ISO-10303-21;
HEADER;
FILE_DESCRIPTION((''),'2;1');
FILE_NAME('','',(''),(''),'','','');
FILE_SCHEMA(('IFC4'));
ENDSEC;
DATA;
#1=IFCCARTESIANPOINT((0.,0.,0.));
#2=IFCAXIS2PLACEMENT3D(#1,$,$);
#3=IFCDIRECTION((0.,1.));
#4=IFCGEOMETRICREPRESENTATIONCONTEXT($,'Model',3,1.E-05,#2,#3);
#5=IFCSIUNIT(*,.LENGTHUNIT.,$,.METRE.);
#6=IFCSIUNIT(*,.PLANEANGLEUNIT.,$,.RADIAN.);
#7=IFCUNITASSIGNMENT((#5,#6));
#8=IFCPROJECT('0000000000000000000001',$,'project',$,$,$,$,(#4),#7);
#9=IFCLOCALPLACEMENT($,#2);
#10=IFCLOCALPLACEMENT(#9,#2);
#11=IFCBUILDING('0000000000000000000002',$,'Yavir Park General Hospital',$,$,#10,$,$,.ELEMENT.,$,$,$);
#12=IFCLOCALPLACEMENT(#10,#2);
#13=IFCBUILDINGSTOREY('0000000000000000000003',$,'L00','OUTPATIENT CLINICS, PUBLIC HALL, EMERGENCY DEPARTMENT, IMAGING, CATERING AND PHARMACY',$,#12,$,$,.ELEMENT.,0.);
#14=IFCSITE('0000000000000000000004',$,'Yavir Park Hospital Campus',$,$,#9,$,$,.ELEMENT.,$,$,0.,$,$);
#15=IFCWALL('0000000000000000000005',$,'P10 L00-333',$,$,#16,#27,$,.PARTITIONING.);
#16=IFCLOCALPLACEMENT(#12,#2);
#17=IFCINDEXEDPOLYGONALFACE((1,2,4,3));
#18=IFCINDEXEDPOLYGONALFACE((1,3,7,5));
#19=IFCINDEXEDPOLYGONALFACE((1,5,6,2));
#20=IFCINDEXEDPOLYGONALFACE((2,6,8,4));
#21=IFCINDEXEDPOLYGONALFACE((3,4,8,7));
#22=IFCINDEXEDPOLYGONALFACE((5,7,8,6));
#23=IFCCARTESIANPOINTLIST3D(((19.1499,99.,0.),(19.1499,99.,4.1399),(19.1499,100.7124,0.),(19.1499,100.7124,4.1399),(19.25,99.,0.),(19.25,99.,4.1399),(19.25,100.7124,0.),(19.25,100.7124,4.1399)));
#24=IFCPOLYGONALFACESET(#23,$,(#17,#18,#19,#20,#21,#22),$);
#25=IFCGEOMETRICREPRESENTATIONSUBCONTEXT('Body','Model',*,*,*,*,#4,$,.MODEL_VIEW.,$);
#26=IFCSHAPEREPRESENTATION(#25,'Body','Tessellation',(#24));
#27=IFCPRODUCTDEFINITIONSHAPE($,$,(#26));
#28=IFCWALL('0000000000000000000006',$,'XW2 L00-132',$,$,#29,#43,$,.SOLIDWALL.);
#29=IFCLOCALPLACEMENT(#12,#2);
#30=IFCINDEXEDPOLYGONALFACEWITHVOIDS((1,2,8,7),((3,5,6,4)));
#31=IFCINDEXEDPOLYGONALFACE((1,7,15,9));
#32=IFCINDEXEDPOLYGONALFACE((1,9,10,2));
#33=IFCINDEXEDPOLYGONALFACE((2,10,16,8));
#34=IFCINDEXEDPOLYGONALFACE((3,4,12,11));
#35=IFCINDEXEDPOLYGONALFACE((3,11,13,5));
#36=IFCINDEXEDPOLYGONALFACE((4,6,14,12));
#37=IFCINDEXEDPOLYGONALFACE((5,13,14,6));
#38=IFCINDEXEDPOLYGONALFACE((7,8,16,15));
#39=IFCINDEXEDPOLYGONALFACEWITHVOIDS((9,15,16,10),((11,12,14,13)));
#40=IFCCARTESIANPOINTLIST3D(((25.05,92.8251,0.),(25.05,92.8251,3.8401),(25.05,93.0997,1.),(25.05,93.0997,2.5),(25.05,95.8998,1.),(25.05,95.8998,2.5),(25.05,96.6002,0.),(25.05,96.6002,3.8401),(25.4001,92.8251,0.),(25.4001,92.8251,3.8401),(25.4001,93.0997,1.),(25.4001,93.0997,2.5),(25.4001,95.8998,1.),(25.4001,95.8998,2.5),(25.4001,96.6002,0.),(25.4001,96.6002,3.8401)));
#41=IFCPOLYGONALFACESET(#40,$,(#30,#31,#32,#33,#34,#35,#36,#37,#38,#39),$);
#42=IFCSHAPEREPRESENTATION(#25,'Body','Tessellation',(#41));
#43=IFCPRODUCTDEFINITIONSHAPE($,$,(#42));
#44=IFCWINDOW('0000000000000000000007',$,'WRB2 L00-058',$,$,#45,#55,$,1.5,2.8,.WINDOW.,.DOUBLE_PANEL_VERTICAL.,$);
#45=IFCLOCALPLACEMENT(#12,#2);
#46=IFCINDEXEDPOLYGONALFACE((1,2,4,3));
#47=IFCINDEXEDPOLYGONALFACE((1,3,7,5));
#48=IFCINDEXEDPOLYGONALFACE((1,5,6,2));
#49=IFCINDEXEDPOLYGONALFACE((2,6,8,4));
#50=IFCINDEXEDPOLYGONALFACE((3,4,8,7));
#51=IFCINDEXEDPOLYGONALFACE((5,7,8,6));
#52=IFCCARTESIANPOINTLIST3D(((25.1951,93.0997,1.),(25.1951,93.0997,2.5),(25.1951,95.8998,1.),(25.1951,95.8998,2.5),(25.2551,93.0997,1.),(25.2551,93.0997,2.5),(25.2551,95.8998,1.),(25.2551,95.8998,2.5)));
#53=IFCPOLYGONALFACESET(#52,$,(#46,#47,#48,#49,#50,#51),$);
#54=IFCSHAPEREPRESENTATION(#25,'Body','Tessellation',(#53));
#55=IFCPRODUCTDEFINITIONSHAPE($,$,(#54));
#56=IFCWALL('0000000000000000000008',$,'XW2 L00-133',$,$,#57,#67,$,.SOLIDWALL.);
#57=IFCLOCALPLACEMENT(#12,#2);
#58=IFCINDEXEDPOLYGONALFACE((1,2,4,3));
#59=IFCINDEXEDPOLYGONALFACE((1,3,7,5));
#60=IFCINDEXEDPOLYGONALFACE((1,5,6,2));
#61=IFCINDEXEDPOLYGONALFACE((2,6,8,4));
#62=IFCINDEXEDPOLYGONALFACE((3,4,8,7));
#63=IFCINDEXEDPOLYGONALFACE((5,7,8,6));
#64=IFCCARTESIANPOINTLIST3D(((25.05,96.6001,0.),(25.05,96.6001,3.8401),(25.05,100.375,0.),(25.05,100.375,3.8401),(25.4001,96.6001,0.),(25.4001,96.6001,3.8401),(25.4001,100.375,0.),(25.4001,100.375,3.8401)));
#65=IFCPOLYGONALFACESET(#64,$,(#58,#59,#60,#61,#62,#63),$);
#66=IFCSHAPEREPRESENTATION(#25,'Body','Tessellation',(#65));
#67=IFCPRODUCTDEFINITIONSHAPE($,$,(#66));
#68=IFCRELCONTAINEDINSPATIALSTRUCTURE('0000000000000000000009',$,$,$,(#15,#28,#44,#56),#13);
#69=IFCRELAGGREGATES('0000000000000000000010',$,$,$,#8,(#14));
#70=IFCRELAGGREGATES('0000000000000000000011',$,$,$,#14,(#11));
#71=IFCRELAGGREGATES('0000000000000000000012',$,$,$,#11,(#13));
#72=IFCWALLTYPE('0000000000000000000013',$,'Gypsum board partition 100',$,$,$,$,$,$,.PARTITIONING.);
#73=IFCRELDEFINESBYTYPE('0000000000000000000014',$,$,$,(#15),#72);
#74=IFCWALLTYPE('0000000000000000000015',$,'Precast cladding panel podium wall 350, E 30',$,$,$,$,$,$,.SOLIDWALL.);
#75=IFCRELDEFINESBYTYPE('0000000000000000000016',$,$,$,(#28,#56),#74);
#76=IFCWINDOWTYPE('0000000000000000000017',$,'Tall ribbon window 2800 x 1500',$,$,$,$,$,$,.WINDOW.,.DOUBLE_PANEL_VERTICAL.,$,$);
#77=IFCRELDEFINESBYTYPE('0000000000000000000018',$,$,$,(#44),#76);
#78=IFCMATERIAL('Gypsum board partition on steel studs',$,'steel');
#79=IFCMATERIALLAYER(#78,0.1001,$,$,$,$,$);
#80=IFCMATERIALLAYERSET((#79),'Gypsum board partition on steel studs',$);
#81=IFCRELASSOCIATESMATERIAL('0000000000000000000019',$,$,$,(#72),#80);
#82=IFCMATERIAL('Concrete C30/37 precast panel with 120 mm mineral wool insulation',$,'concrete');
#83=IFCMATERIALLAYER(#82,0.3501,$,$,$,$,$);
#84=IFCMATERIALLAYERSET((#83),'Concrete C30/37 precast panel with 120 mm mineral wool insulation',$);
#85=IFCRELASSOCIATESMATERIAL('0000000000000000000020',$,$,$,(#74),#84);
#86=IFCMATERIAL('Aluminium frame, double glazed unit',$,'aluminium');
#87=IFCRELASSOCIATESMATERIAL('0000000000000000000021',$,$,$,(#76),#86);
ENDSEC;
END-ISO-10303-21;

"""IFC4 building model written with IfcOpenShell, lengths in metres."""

from ifc_helpers import new_model, si_unit, direction, frame, frame_2d, origin, place, context, subcontext, project, spatial, rectangle, extrude, material, layer, layer_set, type_object, element, fill, save


model = new_model("IFC4")

# Units and contexts
model_context = context("Model", 3, precision=1e-05, world=origin(), true_north=direction((0.0, 1.0)))
body_context = subcontext(model_context, "Body", "Model", "MODEL_VIEW")
ifc_project = project(units=[si_unit("LENGTHUNIT", "METRE"), si_unit("PLANEANGLEUNIT", "RADIAN")], contexts=[model_context])

# Site, building, storey
site_placement = place(None, origin())
site = spatial("IfcSite", under=ifc_project, at=site_placement, Name="Yavir Park Hospital Campus", CompositionType="ELEMENT", RefElevation=0.0)
building_placement = place(site_placement, origin())
building = spatial("IfcBuilding", under=site, at=building_placement, Name="Yavir Park General Hospital", CompositionType="ELEMENT")
storey_placement = place(building_placement, origin())
storey = spatial("IfcBuildingStorey", under=building, at=storey_placement, Name="L00", Description="OUTPATIENT CLINICS, PUBLIC HALL, EMERGENCY DEPARTMENT, IMAGING, CATERING AND PHARMACY", CompositionType="ELEMENT", Elevation=0.0)

# Wall
ifc_material_1 = material(Name="Gypsum board partition on steel studs", Category="steel")
ifc_layer_1 = layer(ifc_material_1, 0.1001)
ifc_layer_set_1 = layer_set([ifc_layer_1], Name="Gypsum board partition on steel studs")
wall_type_1 = type_object("IfcWallType", Name="Gypsum board partition 100", PredefinedType="PARTITIONING", material=ifc_layer_set_1)
for number, where, z_axis, x_axis, name in (
    (1, (19.2, 99.0, 0.0), (0.0, 0.0, 1.0), (0.0, 1.0, 0.0), "P10 L00-333"),
):
    element("IfcWall", number, at=place(storey_placement, frame(where, z_axis=z_axis, x_axis=x_axis)), inside=storey, type_object=wall_type_1, Name=name, PredefinedType="PARTITIONING", context=body_context, shape_type="SweptSolid", body=[
        extrude(rectangle(XDim=1.7124, YDim=0.1001, at=frame_2d((0.8562, 0.0))), origin(), (0.0, 0.0, 1.0), 4.1399),
    ])

# Wall, opening, window
ifc_material_2 = material(Name="Concrete C30/37 precast panel with 120 mm mineral wool insulation", Category="concrete")
ifc_layer_2 = layer(ifc_material_2, 0.3501)
ifc_layer_set_2 = layer_set([ifc_layer_2], Name="Concrete C30/37 precast panel with 120 mm mineral wool insulation")
wall_type_2 = type_object("IfcWallType", Name="Precast cladding panel podium wall 350, E 30", PredefinedType="SOLIDWALL", material=ifc_layer_set_2)
wall_1_placement = place(storey_placement, frame((25.2251, 92.825, 0.0), z_axis=(0.0, 0.0, 1.0), x_axis=(0.0, 1.0, 0.0)))
wall_1 = element("IfcWall", 2, at=wall_1_placement, inside=storey, type_object=wall_type_2, Name="XW2 L00-132", PredefinedType="SOLIDWALL", context=body_context, shape_type="SweptSolid", body=[
    extrude(rectangle(XDim=3.7751, YDim=0.3501, at=frame_2d((1.8877, 0.0))), origin(), (0.0, 0.0, 1.0), 3.8401),
])
opening_1_placement = place(wall_1_placement, frame((0.2749, 0.0, 1.0)))
opening_1 = element("IfcOpeningElement", 3, at=opening_1_placement, cuts=wall_1, PredefinedType="OPENING", context=body_context, shape_type="SweptSolid", body=[
    extrude(rectangle(XDim=2.8, YDim=1.5, at=frame_2d((1.3999, 0.75))), frame((0.0, 0.1851, 0.0), z_axis=(0.0, -1.0, 0.0), x_axis=(1.0, 0.0, 0.0)), (0.0, 0.0, 1.0), 0.3701),
])
ifc_material_3 = material(Name="Aluminium frame, double glazed unit", Category="aluminium")
window_type = type_object("IfcWindowType", Name="Tall ribbon window 2800 x 1500", PartitioningType="DOUBLE_PANEL_VERTICAL", PredefinedType="WINDOW", material=ifc_material_3)
window_placement = place(opening_1_placement, origin())
window = element("IfcWindow", 4, at=window_placement, inside=storey, type_object=window_type, Name="WRB2 L00-058", OverallHeight=1.5, OverallWidth=2.8, PartitioningType="DOUBLE_PANEL_VERTICAL", PredefinedType="WINDOW", context=body_context, shape_type="SweptSolid", body=[
    extrude(rectangle(XDim=2.8, YDim=1.5, at=frame_2d((1.3999, 0.75))), frame((0.0, 0.03, 0.0), z_axis=(0.0, -1.0, 0.0), x_axis=(1.0, 0.0, 0.0)), (0.0, 0.0, 1.0), 0.0601),
])
fill(opening_1, window)

# Wall
wall_2_placement = place(storey_placement, frame((25.2251, 96.6001, 0.0), z_axis=(0.0, 0.0, 1.0), x_axis=(0.0, 1.0, 0.0)))
element("IfcWall", 5, at=wall_2_placement, inside=storey, type_object=wall_type_2, Name="XW2 L00-133", PredefinedType="SOLIDWALL", context=body_context, shape_type="SweptSolid", body=[
    extrude(rectangle(XDim=3.7749, YDim=0.3501, at=frame_2d((1.8875, 0.0))), origin(), (0.0, 0.0, 1.0), 3.8401),
])

save(model, "model.ifc")
